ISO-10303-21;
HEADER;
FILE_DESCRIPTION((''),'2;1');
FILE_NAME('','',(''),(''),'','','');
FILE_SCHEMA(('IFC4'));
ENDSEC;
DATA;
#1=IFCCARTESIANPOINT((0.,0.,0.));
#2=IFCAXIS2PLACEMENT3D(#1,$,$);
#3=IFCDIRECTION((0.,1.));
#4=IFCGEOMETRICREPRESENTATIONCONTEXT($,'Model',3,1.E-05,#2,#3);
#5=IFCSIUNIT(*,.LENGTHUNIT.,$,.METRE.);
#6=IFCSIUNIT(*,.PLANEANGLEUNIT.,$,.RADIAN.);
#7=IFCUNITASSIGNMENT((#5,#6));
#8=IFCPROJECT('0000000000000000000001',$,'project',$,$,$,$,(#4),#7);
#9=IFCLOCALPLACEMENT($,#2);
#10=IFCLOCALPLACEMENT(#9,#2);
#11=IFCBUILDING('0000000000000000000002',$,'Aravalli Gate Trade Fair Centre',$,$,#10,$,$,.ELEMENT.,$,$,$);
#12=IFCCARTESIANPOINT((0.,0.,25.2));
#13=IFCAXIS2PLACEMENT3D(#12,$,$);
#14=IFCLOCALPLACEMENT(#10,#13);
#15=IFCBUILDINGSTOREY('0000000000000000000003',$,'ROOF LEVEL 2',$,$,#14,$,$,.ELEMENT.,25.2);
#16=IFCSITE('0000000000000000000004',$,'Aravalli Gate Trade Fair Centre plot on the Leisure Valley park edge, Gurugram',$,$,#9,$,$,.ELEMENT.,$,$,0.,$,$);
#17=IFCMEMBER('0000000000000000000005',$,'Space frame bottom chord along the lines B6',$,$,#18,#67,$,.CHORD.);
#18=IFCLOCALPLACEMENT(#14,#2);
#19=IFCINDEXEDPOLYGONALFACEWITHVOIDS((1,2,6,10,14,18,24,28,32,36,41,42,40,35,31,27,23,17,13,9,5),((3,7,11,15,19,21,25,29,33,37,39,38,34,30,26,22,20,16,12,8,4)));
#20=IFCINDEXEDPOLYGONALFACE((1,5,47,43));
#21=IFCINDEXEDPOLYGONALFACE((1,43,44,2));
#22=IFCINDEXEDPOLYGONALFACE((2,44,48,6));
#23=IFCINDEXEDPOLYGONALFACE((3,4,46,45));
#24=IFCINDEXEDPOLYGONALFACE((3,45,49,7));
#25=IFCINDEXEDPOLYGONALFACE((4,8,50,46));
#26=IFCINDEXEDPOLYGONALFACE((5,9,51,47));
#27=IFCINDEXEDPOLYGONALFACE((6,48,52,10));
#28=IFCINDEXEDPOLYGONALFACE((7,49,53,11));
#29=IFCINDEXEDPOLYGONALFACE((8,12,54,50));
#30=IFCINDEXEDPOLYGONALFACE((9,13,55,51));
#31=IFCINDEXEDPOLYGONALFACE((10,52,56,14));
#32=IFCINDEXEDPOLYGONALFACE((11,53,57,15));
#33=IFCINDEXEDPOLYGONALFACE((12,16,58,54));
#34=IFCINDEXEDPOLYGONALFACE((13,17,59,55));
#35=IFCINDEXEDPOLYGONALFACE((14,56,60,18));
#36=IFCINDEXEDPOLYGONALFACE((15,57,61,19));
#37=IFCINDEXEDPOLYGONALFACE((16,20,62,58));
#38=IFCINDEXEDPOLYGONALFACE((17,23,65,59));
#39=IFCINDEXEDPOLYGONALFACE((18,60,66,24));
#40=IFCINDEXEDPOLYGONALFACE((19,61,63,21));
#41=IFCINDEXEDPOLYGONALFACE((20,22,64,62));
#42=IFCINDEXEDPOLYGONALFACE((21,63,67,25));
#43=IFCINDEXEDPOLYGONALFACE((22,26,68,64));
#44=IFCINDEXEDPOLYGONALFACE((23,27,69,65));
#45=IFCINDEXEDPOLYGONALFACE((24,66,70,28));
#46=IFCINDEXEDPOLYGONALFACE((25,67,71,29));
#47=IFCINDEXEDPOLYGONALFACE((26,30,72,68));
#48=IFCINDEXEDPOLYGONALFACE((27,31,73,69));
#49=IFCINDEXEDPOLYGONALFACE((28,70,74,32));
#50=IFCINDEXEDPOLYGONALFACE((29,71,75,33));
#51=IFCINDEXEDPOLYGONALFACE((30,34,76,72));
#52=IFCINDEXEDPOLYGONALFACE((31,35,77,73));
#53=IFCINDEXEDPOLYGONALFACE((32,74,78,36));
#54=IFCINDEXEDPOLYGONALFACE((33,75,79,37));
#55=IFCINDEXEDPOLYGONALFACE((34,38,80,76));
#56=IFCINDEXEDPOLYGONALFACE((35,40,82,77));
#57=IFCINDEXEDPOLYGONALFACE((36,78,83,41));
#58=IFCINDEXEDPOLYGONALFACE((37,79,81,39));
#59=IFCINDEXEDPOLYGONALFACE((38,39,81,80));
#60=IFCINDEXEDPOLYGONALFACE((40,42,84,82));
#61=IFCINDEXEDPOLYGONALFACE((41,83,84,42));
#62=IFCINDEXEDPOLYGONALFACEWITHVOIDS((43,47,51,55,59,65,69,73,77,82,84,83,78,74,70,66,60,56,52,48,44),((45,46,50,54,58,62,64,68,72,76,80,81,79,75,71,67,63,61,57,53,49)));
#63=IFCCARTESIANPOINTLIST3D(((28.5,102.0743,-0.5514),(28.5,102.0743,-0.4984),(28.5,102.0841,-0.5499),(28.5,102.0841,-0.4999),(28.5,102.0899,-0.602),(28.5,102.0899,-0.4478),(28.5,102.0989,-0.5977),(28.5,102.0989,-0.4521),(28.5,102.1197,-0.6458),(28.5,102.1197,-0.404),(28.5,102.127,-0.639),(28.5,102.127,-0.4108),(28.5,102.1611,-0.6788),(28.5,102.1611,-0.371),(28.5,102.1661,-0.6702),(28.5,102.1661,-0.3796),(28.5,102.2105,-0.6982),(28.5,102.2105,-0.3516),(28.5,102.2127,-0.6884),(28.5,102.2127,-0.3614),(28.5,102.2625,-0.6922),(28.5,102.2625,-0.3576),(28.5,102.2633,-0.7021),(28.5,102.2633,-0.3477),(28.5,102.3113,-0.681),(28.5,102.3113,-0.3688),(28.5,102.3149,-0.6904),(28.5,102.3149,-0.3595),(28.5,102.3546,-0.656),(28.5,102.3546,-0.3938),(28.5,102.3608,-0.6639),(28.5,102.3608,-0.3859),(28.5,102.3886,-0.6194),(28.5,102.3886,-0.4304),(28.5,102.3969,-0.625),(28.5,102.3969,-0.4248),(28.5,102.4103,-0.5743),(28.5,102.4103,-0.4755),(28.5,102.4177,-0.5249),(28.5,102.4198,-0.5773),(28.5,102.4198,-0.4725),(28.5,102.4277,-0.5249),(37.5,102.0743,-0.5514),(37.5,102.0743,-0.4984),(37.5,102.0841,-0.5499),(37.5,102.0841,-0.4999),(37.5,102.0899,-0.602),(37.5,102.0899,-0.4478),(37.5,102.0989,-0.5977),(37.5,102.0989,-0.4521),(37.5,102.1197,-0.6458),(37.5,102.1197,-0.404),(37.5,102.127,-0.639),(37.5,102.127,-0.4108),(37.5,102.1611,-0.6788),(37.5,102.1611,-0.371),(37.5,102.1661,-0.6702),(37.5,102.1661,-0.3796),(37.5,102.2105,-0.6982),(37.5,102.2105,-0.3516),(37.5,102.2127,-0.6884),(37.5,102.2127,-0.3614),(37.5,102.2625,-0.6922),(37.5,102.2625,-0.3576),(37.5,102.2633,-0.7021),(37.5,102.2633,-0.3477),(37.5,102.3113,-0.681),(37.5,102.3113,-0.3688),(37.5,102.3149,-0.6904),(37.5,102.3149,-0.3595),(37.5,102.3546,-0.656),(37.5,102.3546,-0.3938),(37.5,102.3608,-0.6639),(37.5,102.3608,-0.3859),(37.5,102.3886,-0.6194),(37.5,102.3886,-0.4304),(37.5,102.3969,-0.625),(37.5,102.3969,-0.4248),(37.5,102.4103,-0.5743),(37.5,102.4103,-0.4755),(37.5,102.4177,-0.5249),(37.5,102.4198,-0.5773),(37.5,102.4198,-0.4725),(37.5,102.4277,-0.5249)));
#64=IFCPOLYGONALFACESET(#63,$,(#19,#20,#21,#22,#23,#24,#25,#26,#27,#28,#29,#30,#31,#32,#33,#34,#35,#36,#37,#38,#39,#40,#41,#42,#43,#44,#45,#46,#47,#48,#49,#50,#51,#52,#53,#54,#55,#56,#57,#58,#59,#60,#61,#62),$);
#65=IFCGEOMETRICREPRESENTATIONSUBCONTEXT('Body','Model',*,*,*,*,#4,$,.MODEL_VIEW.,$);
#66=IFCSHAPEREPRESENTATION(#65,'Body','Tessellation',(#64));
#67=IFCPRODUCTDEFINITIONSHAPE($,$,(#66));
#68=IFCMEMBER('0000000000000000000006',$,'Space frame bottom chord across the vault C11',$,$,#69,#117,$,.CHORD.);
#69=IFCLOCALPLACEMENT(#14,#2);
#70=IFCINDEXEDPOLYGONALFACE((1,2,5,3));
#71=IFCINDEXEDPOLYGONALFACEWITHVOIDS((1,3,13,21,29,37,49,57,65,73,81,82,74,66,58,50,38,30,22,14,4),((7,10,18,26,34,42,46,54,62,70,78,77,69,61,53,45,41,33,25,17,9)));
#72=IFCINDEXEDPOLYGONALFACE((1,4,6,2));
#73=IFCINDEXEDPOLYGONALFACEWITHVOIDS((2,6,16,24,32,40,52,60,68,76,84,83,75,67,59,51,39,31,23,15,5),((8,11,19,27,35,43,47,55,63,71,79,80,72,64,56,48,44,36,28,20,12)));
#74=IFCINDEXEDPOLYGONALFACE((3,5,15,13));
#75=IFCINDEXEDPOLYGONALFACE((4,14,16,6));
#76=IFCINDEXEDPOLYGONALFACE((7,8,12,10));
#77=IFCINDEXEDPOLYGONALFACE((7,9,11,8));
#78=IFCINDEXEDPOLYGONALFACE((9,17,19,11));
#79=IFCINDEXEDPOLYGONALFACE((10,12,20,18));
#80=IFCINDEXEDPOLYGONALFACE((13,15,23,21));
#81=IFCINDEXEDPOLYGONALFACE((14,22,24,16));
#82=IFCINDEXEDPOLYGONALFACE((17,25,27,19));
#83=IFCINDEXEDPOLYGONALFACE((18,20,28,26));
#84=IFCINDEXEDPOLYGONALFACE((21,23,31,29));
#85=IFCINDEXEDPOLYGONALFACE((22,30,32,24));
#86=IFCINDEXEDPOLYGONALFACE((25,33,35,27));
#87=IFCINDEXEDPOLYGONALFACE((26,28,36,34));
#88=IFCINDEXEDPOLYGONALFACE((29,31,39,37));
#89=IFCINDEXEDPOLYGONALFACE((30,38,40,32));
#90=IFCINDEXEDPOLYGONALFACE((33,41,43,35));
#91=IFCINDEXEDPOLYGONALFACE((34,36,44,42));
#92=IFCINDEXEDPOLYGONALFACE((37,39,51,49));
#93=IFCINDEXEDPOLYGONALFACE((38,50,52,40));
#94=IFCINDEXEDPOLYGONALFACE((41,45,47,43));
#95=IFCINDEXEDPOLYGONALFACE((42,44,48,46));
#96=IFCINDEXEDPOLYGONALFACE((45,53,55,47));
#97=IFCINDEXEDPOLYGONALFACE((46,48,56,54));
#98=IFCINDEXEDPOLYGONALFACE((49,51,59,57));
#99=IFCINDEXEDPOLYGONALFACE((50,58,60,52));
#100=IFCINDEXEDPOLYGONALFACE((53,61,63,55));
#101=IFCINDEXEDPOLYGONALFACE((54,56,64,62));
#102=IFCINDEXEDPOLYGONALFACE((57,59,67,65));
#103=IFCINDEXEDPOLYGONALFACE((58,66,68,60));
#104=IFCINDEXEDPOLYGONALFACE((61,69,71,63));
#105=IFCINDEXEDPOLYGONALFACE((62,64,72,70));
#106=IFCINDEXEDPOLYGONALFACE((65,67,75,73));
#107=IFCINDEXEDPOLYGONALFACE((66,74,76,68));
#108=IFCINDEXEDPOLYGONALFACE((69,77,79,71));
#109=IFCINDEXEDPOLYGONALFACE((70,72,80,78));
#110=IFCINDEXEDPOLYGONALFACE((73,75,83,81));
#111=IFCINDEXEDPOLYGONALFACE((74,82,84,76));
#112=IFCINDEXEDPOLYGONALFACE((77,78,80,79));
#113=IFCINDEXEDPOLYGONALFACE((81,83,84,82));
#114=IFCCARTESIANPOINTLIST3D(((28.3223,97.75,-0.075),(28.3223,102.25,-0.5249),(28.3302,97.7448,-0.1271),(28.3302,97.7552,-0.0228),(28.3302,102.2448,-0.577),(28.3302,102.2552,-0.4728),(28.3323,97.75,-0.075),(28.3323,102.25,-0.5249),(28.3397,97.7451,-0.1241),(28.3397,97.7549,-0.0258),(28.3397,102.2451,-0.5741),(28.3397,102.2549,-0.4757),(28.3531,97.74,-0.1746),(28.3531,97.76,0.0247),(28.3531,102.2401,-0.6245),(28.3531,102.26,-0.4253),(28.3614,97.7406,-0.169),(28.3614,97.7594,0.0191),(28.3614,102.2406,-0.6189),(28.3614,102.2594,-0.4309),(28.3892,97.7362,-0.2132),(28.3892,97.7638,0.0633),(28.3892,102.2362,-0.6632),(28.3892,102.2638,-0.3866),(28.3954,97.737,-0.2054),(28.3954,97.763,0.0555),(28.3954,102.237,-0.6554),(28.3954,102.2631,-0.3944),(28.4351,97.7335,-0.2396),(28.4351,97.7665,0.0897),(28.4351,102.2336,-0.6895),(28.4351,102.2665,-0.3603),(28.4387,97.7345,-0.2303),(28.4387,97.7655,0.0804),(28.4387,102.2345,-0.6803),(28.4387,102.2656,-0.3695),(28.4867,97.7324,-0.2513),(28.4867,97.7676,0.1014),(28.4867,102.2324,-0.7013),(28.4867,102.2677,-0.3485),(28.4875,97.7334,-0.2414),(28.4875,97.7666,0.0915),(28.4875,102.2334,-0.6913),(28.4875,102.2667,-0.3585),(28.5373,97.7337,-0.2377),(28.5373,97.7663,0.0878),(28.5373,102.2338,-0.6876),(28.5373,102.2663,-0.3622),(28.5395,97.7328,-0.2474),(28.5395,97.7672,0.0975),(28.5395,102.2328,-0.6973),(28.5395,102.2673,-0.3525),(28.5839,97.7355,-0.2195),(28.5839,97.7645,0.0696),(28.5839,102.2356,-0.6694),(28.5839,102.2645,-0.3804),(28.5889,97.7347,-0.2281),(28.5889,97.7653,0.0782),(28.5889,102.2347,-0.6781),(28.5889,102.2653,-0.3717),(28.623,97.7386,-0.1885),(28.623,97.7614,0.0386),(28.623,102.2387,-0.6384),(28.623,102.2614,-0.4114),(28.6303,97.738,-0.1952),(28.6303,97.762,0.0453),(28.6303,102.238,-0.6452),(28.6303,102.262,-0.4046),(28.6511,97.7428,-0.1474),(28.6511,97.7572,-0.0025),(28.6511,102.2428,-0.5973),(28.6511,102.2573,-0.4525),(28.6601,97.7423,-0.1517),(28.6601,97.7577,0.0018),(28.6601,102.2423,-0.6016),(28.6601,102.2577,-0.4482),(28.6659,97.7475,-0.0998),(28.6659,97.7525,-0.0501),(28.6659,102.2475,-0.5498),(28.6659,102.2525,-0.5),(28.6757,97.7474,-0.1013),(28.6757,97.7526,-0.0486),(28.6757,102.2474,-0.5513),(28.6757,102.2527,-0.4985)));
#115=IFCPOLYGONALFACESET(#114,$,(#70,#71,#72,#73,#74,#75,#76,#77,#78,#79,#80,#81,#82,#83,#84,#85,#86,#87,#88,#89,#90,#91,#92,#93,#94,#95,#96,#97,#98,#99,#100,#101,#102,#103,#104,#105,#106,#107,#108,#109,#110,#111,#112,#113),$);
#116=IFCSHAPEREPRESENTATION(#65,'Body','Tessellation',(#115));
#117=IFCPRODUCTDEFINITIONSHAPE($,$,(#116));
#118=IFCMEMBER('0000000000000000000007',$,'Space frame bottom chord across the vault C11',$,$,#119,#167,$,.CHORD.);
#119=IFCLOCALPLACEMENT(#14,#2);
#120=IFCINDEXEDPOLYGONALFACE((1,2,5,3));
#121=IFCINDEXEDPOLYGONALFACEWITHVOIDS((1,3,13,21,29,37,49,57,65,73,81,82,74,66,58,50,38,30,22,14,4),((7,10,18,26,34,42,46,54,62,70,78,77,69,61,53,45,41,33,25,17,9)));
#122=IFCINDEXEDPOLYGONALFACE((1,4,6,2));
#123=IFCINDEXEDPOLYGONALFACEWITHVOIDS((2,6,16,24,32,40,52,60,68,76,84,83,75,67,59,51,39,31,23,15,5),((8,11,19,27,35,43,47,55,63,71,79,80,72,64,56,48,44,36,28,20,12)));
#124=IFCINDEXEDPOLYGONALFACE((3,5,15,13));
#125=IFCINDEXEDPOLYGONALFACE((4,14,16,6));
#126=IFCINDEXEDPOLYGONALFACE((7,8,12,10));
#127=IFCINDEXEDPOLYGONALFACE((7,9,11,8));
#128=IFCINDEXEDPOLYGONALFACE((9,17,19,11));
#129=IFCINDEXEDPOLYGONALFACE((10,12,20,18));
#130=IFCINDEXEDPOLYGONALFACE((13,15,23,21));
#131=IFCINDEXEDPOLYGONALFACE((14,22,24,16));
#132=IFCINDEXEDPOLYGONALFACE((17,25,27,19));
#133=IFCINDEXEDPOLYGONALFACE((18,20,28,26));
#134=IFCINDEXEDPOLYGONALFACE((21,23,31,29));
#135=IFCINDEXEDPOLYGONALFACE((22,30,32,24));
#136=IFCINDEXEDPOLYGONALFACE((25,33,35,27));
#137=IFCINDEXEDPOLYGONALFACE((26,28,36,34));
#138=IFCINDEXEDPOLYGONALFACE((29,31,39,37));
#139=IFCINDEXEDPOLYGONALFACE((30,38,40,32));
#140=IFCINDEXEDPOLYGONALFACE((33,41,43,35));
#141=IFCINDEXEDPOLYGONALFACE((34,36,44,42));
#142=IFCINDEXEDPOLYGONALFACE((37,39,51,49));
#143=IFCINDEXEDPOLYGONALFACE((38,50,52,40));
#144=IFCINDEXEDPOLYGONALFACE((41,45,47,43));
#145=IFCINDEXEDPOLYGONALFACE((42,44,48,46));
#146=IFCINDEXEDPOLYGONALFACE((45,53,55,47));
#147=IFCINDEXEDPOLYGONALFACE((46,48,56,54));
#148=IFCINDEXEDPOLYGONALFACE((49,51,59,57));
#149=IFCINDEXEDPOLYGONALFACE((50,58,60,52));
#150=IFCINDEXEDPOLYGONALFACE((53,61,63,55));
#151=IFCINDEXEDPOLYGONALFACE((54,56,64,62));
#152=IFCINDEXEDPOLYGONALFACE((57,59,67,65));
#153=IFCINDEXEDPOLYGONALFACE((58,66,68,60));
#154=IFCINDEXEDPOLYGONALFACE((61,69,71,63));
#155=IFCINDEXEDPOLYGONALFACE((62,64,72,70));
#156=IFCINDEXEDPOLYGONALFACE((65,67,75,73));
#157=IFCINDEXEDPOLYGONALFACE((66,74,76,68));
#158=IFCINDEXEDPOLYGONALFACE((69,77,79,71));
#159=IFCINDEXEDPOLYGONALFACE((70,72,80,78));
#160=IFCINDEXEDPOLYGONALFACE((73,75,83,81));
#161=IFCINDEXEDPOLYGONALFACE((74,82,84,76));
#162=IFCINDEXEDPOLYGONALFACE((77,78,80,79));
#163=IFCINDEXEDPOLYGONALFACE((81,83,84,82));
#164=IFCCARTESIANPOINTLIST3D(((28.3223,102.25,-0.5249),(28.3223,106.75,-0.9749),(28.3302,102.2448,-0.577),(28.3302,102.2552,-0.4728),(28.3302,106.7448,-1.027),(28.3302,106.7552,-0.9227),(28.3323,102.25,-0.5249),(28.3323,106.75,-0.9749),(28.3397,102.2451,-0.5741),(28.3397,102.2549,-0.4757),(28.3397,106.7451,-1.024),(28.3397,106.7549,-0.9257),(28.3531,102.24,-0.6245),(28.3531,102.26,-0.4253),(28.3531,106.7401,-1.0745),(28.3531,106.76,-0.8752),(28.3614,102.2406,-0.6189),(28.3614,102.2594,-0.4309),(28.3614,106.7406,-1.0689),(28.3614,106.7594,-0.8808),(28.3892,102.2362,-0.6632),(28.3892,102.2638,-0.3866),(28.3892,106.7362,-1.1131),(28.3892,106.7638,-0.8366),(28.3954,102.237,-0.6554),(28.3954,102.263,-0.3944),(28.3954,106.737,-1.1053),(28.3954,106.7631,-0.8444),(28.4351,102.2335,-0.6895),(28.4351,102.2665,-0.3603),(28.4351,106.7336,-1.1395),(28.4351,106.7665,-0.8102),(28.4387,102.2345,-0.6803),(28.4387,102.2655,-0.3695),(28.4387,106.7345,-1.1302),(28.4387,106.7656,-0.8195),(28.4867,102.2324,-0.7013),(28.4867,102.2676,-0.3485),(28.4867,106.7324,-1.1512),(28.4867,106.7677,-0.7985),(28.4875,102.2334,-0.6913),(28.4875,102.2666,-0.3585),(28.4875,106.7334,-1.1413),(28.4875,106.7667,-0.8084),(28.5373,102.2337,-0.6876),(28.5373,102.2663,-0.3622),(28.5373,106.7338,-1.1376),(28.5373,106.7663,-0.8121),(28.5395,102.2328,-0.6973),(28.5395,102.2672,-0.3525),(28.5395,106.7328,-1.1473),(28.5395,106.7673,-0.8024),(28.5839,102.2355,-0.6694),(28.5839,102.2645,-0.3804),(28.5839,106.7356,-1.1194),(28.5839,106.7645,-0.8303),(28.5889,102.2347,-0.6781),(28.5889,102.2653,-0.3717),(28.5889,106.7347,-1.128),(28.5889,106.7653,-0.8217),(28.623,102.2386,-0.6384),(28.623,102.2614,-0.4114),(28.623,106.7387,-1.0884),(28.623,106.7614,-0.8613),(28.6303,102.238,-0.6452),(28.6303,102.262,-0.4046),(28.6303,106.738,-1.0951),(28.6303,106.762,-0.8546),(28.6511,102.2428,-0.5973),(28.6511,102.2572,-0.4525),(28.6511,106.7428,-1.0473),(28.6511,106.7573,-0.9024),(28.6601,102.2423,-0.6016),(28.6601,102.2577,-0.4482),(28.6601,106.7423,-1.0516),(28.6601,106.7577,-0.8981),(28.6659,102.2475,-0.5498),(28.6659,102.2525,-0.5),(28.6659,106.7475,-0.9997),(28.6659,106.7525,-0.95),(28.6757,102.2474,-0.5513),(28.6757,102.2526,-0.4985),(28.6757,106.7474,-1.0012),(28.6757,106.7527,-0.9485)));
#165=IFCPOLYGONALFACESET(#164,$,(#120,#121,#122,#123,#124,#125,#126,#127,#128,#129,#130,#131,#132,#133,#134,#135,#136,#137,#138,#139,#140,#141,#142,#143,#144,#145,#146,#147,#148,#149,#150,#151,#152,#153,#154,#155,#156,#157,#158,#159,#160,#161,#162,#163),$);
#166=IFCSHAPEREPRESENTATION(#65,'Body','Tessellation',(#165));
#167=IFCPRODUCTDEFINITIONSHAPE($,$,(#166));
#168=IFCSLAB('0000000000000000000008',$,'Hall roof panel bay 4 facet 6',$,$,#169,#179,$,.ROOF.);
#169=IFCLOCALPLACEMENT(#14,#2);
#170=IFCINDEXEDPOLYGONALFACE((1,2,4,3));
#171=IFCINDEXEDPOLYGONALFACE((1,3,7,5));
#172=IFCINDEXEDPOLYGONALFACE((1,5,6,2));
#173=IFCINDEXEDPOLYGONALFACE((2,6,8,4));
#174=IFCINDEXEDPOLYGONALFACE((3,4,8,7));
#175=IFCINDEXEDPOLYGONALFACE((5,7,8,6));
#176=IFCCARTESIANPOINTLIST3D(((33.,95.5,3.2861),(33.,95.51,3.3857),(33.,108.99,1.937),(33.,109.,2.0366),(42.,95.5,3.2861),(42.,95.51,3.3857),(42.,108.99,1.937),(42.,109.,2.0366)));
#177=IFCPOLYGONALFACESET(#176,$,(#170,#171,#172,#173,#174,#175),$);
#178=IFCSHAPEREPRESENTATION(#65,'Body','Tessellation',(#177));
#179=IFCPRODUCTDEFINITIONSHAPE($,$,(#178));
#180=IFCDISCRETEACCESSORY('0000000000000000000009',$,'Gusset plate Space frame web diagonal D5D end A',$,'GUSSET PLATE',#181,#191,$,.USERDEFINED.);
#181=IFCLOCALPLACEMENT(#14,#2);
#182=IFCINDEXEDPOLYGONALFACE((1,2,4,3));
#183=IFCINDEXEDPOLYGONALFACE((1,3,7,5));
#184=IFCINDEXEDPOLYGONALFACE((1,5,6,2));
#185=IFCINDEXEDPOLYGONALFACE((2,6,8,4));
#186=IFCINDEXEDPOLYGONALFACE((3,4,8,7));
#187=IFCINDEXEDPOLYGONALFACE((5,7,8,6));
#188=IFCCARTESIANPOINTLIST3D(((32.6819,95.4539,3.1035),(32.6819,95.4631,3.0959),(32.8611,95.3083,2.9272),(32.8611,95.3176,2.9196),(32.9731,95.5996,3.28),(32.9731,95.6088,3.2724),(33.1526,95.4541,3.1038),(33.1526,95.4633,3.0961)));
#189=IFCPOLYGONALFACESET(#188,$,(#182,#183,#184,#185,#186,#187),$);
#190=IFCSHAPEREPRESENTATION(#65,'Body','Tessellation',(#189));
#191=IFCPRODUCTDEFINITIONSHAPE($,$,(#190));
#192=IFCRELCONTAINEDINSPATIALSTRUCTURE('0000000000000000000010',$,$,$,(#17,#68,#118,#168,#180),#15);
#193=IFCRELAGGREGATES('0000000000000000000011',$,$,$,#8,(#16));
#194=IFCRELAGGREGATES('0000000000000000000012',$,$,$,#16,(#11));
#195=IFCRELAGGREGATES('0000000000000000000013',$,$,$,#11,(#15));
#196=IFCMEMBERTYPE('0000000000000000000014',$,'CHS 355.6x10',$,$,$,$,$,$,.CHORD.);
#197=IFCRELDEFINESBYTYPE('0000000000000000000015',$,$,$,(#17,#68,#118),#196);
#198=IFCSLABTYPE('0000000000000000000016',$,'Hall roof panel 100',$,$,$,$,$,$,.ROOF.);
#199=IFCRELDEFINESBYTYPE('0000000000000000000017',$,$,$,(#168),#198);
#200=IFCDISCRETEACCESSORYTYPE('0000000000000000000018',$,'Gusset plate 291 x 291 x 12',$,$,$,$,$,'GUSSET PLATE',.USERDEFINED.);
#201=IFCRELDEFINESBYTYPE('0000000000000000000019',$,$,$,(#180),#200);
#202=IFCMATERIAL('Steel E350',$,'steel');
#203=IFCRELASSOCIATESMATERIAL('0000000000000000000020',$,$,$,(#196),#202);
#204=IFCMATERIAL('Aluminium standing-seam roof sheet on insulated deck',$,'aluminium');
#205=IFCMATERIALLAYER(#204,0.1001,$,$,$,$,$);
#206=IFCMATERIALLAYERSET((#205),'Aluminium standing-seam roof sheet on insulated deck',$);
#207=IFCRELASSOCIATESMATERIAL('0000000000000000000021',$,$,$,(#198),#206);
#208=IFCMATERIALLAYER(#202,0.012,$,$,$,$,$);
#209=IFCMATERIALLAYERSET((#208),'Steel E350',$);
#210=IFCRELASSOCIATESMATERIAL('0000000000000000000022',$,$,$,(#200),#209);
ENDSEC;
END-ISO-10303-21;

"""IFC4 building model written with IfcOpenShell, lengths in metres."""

from ifc_helpers import new_model, si_unit, direction, frame, origin, origin_2d, place, context, subcontext, project, spatial, polyline, hollow_circle, outline, extrude, material, layer, layer_set, material_profile, profile_set, type_object, element, save


model = new_model("IFC4")

# Units and contexts
model_context = context("Model", 3, precision=1e-05, world=origin(), true_north=direction((0.0, 1.0)))
body_context = subcontext(model_context, "Body", "Model", "MODEL_VIEW")
ifc_project = project(units=[si_unit("LENGTHUNIT", "METRE"), si_unit("PLANEANGLEUNIT", "RADIAN")], contexts=[model_context])

# Site, building, storey
site_placement = place(None, origin())
site = spatial("IfcSite", under=ifc_project, at=site_placement, Name="Aravalli Gate Trade Fair Centre plot on the Leisure Valley park edge, Gurugram", CompositionType="ELEMENT", RefElevation=0.0)
building_placement = place(site_placement, origin())
building = spatial("IfcBuilding", under=site, at=building_placement, Name="Aravalli Gate Trade Fair Centre", CompositionType="ELEMENT")
storey_placement = place(building_placement, frame((0.0, 0.0, 25.2)))
storey = spatial("IfcBuildingStorey", under=building, at=storey_placement, Name="ROOF LEVEL 2", CompositionType="ELEMENT", Elevation=25.2)

# Members
ifc_material_1 = material(Name="Steel E350", Category="steel")
ifc_material_profile_1 = material_profile(ifc_material_1, hollow_circle(Radius=0.1777, WallThickness=0.01, at=origin_2d()), Name="CHS 355.6x10")
ifc_profile_set_1 = profile_set([ifc_material_profile_1], Name="Steel E350")
member_type_1 = type_object("IfcMemberType", Name="CHS 355.6x10", PredefinedType="CHORD", material=ifc_profile_set_1)
for number, where, z_axis, x_axis, name in (
    (1, (28.5, 102.25, -0.5249), (1.0, 0.0, 0.0), (0.0, 1.0, 0.0), "Space frame bottom chord along the lines B6"),
):
    element("IfcMember", number, at=place(storey_placement, frame(where, z_axis=z_axis, x_axis=x_axis)), inside=storey, type_object=member_type_1, Name=name, PredefinedType="CHORD", context=body_context, shape_type="SweptSolid", body=[
        extrude(hollow_circle(Radius=0.1777, WallThickness=0.01, at=origin_2d()), origin(), (0.0, 0.0, 1.0), 9.0),
    ])
for number, where, z_axis, x_axis, name in (
    (2, (28.5, 97.75, -0.075), (0.0, 0.995038, -0.099493), (-1.0, 0.0, 0.0), "Space frame bottom chord across the vault C11"),
    (3, (28.5, 102.25, -0.5249), (0.0, 0.995038, -0.099493), (-1.0, 0.0, 0.0), "Space frame bottom chord across the vault C11"),
):
    element("IfcMember", number, at=place(storey_placement, frame(where, z_axis=z_axis, x_axis=x_axis)), inside=storey, type_object=member_type_1, Name=name, PredefinedType="CHORD", context=body_context, shape_type="SweptSolid", body=[
        extrude(hollow_circle(Radius=0.1777, WallThickness=0.01, at=origin_2d()), origin(), (0.0, 0.0, 1.0), 4.5225),
    ])

# Slab
ifc_material_2 = material(Name="Aluminium standing-seam roof sheet on insulated deck", Category="aluminium")
ifc_layer_1 = layer(ifc_material_2, 0.1001)
ifc_layer_set_1 = layer_set([ifc_layer_1], Name="Aluminium standing-seam roof sheet on insulated deck")
slab_type = type_object("IfcSlabType", Name="Hall roof panel 100", PredefinedType="ROOF", material=ifc_layer_set_1)
slab_placement = place(storey_placement, frame((33.0, 95.51, 3.3857), z_axis=(0.0, 0.099513, 0.995036), x_axis=(1.0, 0.0, 0.0)))
element("IfcSlab", 4, at=slab_placement, inside=storey, type_object=slab_type, Name="Hall roof panel bay 4 facet 6", PredefinedType="ROOF", context=body_context, shape_type="SweptSolid", body=[
    extrude(outline(polyline([(0.0, 0.0), (9.0, 0.0), (9.0, 13.5573), (0.0, 13.5573), (0.0, 0.0)])), origin(), (0.0, 0.0, -1.0), 0.1001),
])

# Discrete accessory
ifc_layer_2 = layer(ifc_material_1, 0.012)
ifc_layer_set_2 = layer_set([ifc_layer_2], Name="Steel E350")
discrete_accessory_type_1 = type_object("IfcDiscreteAccessoryType", Name="Gusset plate 291 x 291 x 12", ElementType="GUSSET PLATE", PredefinedType="USERDEFINED", material=ifc_layer_set_2)
discrete_accessory_1_placement = place(storey_placement, frame((32.6819, 95.4539, 3.1035), z_axis=(0.00007, -0.771155, 0.636648), x_axis=(0.786233, 0.393446, 0.476485)))
element("IfcDiscreteAccessory", 5, at=discrete_accessory_1_placement, inside=storey, type_object=discrete_accessory_type_1, Name="Gusset plate Space frame web diagonal D5D end A", ObjectType="GUSSET PLATE", PredefinedType="USERDEFINED", context=body_context, shape_type="SweptSolid", body=[
    extrude(outline(polyline([(0.0, 0.0), (0.3704, 0.0), (0.3703, -0.2906), (-0.0003, -0.2904), (0.0, 0.0)])), origin(), (0.0, 0.0, -1.0), 0.012),
])

save(model, "model.ifc")
